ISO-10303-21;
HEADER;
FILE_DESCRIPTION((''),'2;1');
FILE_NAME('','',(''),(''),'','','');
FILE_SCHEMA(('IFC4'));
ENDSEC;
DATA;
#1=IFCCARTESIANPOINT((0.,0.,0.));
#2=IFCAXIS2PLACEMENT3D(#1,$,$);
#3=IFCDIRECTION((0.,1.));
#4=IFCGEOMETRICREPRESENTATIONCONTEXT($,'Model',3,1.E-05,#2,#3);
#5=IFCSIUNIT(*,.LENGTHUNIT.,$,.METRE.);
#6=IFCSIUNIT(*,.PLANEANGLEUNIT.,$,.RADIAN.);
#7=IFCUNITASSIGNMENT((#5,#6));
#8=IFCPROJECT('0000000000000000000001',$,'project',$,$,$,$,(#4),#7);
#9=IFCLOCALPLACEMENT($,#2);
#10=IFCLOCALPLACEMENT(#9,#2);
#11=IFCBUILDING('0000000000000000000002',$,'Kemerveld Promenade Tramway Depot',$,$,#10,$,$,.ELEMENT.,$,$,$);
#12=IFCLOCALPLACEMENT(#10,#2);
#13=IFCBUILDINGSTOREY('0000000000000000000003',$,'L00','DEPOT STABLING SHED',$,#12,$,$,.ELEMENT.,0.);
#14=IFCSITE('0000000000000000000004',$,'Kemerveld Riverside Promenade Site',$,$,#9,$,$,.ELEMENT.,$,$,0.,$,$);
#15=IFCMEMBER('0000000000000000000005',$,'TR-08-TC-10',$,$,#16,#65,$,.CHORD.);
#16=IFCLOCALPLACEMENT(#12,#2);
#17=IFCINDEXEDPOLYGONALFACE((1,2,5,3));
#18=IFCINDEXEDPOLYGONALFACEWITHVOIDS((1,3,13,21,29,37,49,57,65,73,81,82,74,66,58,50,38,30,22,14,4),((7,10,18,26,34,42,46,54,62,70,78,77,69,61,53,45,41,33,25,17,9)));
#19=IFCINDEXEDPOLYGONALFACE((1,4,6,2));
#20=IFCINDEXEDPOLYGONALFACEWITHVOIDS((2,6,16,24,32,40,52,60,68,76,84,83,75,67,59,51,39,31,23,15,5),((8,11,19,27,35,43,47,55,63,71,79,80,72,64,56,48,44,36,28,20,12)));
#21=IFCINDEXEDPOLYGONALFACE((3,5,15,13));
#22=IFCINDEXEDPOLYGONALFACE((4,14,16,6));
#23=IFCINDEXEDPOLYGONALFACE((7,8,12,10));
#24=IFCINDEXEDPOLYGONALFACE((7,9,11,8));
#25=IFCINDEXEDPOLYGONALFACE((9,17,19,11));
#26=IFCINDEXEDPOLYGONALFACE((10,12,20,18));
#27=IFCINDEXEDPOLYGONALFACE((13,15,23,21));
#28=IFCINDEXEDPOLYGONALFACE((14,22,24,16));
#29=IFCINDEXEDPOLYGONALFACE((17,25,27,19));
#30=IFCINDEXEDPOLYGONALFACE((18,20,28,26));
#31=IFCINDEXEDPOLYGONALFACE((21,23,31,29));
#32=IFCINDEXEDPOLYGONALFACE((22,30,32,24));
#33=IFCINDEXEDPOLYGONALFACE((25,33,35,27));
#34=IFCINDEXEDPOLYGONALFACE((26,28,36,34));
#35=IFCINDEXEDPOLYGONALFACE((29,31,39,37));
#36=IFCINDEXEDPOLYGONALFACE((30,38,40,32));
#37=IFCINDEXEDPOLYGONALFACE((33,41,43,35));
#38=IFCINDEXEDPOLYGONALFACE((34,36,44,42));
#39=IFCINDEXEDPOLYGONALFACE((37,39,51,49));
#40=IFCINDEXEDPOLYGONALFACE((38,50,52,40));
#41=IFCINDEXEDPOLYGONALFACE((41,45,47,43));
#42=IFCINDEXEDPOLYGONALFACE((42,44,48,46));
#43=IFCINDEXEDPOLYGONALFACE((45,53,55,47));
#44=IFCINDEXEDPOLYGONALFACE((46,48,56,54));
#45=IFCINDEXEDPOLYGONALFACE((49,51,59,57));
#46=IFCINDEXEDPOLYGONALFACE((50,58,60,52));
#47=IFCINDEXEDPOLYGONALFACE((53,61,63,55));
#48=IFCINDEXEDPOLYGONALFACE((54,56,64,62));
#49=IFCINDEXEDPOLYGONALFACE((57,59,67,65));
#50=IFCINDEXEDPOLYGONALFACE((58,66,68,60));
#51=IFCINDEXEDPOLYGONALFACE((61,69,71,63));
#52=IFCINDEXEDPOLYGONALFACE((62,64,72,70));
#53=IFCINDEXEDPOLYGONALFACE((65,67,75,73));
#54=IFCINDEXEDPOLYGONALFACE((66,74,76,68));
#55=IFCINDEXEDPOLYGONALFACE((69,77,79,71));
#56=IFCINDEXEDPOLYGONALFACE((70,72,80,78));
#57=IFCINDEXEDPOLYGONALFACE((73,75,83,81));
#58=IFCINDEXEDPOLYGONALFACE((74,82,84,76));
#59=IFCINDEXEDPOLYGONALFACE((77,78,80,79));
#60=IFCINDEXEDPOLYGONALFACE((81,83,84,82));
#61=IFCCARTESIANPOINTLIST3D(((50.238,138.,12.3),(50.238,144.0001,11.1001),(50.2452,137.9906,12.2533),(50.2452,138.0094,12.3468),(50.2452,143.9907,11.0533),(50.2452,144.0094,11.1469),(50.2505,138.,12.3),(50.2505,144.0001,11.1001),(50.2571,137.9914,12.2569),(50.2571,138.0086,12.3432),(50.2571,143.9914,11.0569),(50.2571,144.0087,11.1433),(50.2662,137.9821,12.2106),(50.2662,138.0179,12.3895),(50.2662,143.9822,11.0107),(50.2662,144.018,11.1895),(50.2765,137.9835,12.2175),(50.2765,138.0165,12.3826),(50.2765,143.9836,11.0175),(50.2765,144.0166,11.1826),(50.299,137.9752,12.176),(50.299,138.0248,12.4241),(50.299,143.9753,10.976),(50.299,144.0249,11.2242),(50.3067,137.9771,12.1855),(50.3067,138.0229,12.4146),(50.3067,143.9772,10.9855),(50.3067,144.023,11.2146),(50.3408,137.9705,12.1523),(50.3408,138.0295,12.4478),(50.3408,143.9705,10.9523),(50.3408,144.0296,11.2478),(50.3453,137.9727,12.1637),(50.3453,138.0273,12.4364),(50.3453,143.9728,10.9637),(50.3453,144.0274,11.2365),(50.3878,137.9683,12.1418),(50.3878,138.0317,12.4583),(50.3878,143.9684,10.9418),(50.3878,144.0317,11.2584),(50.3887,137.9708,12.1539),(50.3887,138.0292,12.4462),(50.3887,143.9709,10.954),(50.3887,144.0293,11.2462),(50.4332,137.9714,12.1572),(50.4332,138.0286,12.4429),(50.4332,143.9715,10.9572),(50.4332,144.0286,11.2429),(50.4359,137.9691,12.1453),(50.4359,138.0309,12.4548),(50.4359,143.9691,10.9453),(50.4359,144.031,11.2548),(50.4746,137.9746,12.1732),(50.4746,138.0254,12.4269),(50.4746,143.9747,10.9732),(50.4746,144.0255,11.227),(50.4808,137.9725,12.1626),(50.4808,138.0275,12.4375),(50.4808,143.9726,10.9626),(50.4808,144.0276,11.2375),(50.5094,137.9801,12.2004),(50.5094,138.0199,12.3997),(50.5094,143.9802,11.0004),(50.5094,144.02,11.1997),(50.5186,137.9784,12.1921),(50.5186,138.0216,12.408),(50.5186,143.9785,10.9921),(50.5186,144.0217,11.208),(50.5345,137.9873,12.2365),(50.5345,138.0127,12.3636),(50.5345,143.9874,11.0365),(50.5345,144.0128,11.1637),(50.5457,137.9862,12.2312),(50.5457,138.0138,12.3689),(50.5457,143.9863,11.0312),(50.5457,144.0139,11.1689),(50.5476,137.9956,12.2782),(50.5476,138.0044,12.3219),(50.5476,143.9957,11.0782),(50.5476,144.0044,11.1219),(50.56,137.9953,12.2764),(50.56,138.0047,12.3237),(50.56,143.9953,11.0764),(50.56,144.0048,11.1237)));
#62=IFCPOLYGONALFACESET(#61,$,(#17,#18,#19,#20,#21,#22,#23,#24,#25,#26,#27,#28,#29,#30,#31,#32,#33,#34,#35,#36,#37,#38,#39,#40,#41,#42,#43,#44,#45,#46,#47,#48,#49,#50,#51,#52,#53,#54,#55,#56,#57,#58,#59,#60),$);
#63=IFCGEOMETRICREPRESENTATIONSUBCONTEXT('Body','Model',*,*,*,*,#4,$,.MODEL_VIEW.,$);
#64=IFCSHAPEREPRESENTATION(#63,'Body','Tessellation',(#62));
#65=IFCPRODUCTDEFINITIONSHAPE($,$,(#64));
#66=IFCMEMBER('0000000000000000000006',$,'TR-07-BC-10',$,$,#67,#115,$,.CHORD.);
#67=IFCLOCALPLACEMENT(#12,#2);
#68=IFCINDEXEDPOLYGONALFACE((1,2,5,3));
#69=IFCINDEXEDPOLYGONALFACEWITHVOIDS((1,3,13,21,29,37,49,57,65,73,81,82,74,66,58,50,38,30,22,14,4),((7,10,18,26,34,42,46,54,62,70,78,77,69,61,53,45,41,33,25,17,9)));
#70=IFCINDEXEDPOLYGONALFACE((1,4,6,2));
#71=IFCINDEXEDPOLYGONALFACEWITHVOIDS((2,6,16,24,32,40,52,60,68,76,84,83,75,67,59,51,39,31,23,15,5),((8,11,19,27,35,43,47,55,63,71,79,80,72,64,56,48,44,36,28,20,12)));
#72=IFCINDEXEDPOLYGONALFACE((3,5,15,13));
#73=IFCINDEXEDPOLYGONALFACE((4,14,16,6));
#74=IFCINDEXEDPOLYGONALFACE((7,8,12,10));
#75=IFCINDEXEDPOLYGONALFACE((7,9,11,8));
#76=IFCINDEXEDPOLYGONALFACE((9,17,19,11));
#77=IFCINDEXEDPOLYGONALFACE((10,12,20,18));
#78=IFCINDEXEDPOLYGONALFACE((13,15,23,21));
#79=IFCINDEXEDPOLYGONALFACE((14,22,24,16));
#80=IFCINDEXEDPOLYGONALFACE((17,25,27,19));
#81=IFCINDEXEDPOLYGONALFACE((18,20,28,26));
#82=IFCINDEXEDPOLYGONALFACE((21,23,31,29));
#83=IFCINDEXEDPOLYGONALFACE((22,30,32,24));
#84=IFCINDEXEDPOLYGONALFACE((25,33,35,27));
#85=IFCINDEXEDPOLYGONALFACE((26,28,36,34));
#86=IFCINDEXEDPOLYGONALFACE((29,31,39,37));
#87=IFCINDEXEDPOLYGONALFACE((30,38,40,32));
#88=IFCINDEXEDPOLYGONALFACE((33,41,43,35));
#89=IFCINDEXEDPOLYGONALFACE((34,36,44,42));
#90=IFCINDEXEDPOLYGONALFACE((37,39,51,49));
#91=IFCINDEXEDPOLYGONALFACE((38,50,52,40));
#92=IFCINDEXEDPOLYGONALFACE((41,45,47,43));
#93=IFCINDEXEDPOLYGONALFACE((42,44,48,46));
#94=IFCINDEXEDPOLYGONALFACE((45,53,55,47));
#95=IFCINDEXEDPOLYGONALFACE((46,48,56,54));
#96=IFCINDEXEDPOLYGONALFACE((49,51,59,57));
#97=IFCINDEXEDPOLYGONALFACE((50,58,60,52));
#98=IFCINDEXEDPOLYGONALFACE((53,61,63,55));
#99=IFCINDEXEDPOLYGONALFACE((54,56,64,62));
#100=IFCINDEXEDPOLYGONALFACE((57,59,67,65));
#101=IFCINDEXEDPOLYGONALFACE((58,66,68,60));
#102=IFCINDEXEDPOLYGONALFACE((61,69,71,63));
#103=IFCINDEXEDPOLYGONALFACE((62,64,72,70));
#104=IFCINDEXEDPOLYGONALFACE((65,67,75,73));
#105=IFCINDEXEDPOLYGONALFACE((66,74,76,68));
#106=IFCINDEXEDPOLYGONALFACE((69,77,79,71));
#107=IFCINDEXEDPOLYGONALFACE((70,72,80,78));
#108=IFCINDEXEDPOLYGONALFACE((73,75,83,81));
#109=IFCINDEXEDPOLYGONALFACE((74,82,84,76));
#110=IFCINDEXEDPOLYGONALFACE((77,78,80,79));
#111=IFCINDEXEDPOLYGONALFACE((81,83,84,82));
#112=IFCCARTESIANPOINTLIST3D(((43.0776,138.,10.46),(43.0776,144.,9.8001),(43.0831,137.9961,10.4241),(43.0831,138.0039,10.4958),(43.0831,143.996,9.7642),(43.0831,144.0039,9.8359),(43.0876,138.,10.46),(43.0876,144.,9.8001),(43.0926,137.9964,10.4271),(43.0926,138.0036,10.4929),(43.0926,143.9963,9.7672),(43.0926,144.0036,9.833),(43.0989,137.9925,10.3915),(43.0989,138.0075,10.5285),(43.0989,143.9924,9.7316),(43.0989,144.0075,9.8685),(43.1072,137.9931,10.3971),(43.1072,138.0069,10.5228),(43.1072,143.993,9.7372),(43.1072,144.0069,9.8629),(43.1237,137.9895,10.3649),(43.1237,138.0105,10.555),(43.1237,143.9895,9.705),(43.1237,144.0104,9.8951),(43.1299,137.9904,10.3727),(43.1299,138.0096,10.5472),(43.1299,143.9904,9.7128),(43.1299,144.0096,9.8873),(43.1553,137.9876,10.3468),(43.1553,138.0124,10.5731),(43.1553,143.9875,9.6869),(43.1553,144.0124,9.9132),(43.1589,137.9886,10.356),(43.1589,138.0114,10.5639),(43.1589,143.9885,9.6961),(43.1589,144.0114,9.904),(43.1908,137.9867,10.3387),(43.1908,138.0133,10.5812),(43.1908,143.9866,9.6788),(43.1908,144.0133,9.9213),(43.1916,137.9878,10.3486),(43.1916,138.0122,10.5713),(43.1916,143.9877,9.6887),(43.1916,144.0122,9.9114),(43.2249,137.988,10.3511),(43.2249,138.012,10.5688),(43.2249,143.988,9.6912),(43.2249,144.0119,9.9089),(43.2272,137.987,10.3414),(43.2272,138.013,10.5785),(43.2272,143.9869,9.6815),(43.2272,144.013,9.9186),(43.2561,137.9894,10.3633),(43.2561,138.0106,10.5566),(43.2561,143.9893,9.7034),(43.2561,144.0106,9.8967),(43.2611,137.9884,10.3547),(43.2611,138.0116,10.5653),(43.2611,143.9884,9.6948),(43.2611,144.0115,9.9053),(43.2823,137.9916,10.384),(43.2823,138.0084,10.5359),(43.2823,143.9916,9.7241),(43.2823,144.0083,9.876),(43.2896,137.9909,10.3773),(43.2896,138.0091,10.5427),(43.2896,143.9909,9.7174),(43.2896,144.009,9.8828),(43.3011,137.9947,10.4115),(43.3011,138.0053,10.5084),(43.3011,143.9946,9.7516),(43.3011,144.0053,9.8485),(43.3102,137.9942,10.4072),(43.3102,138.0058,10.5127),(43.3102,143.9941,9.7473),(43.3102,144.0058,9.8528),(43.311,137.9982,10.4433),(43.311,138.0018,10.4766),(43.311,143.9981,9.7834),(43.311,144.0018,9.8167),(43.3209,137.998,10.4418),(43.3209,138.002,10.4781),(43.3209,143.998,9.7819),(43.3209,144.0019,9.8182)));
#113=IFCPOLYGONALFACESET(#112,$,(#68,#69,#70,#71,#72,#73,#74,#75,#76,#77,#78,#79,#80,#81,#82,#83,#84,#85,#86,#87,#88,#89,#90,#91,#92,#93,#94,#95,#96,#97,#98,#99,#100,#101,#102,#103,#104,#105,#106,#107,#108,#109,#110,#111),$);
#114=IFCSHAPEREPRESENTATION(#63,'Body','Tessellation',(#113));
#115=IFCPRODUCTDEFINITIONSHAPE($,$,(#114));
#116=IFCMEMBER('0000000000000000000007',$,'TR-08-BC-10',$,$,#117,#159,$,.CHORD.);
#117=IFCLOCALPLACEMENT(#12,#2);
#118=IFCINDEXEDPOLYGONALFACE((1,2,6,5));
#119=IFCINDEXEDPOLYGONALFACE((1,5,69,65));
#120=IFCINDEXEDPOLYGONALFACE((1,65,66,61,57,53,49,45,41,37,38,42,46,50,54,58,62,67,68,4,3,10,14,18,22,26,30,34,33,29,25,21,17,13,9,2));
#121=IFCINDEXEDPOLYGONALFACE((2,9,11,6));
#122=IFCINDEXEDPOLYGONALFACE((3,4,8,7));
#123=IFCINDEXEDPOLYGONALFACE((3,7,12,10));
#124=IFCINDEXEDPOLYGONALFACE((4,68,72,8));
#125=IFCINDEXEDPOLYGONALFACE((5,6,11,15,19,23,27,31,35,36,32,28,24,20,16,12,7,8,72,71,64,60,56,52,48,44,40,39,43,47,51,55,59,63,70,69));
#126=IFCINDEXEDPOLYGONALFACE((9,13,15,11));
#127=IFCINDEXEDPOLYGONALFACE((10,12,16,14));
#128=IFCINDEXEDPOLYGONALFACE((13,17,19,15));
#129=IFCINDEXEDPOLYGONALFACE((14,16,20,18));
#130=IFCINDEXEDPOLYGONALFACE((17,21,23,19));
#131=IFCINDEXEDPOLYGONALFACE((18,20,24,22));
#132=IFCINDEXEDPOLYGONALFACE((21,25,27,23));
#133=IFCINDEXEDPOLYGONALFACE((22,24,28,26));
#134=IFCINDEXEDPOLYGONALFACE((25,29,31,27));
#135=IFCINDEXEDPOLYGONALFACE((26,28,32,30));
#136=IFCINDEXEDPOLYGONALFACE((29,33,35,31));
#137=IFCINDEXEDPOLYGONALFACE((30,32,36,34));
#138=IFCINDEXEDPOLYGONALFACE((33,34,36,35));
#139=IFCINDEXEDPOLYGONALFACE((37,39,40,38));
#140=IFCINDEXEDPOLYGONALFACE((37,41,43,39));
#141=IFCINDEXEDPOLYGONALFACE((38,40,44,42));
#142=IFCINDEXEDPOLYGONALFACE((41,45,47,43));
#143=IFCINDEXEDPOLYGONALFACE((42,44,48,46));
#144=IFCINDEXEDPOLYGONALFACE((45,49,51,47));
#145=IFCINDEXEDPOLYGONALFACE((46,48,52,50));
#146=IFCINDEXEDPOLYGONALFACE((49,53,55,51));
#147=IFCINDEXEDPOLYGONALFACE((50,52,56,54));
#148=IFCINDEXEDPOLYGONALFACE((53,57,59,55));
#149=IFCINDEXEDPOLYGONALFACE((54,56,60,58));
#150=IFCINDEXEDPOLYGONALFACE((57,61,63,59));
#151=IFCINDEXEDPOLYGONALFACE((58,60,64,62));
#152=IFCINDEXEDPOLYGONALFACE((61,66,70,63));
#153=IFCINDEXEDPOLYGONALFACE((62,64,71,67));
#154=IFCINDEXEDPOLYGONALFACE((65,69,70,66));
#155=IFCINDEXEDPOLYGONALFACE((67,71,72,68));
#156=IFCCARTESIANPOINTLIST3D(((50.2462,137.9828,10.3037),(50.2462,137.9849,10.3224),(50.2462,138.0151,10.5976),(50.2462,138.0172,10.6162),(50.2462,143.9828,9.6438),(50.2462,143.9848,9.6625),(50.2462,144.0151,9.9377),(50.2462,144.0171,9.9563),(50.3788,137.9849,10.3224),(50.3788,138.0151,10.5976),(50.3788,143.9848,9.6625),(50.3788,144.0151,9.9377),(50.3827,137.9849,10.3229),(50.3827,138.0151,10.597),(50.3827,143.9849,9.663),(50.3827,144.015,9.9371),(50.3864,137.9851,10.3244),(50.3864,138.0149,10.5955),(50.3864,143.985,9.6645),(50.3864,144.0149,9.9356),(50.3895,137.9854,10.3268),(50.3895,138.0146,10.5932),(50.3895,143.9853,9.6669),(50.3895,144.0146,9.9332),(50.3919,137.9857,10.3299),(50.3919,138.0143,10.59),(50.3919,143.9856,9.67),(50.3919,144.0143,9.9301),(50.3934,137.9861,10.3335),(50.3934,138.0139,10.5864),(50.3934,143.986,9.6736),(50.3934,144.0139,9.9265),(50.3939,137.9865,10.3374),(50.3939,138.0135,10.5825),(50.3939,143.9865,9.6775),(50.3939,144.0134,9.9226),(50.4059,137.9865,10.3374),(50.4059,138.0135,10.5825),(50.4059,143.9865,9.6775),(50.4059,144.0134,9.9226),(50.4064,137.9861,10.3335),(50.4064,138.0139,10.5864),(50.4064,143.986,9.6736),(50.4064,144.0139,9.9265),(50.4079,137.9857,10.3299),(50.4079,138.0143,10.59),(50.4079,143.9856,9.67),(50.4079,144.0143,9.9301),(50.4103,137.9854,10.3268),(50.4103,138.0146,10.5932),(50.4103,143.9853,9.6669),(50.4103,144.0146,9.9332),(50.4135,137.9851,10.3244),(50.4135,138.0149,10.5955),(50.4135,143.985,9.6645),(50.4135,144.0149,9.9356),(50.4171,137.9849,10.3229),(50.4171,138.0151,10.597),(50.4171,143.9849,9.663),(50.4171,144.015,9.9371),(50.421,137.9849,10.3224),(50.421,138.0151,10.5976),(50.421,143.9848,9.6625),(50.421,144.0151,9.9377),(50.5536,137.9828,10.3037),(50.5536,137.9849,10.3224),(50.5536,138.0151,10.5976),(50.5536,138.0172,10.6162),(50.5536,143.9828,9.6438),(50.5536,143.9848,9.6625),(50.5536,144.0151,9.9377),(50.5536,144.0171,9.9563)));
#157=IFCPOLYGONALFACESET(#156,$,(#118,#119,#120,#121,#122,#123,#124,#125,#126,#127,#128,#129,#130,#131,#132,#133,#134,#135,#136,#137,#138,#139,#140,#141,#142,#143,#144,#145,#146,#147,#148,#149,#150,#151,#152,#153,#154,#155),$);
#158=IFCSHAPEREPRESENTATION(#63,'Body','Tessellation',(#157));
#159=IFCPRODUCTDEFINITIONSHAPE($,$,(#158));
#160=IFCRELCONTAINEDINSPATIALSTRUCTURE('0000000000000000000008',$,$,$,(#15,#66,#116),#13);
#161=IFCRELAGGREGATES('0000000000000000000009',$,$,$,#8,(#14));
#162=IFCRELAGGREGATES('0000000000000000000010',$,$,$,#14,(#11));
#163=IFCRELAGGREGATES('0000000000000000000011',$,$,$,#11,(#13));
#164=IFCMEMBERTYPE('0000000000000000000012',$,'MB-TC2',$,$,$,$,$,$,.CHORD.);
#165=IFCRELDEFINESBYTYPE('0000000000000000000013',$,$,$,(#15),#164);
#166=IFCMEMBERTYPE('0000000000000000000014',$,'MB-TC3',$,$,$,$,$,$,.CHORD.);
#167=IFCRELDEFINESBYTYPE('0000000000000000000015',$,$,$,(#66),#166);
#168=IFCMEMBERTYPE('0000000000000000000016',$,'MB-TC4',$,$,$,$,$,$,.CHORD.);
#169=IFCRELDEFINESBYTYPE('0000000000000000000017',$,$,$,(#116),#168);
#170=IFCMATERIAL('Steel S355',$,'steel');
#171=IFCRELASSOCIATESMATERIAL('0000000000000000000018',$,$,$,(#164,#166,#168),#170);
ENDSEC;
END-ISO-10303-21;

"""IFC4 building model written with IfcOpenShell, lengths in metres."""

from ifc_helpers import new_model, si_unit, direction, frame, origin, origin_2d, place, context, subcontext, project, spatial, hollow_circle, i_section, extrude, material, material_profile, profile_set, type_object, element, save


model = new_model("IFC4")

# Units and contexts
model_context = context("Model", 3, precision=1e-05, world=origin(), true_north=direction((0.0, 1.0)))
body_context = subcontext(model_context, "Body", "Model", "MODEL_VIEW")
ifc_project = project(units=[si_unit("LENGTHUNIT", "METRE"), si_unit("PLANEANGLEUNIT", "RADIAN")], contexts=[model_context])

# Site, building, storey
site_placement = place(None, origin())
site = spatial("IfcSite", under=ifc_project, at=site_placement, Name="Kemerveld Riverside Promenade Site", CompositionType="ELEMENT", RefElevation=0.0)
building_placement = place(site_placement, origin())
building = spatial("IfcBuilding", under=site, at=building_placement, Name="Kemerveld Promenade Tramway Depot", CompositionType="ELEMENT")
storey_placement = place(building_placement, origin())
storey = spatial("IfcBuildingStorey", under=building, at=storey_placement, Name="L00", Description="DEPOT STABLING SHED", CompositionType="ELEMENT", Elevation=0.0)

# Members
ifc_material_1 = material(Name="Steel S355", Category="steel")
ifc_material_profile_1 = material_profile(ifc_material_1, hollow_circle(Radius=0.1619, WallThickness=0.0125, at=origin_2d()), Name="323.9x12.5 CHS")
ifc_profile_set_1 = profile_set([ifc_material_profile_1], Name="Steel S355")
member_type_1 = type_object("IfcMemberType", Name="MB-TC2", PredefinedType="CHORD", material=ifc_profile_set_1)
for number, where, z_axis, x_axis, name in (
    (1, (50.3999, 138.0, 12.3), (0.0, 0.980582, -0.196108), (-1.0, 0.0, 0.0), "TR-08-TC-10"),
):
    element("IfcMember", number, at=place(storey_placement, frame(where, z_axis=z_axis, x_axis=x_axis)), inside=storey, type_object=member_type_1, Name=name, PredefinedType="CHORD", context=body_context, shape_type="SweptSolid", body=[
        extrude(hollow_circle(Radius=0.1619, WallThickness=0.0125, at=origin_2d()), origin(), (0.0, 0.0, 1.0), 6.1189),
    ])
ifc_material_profile_2 = material_profile(ifc_material_1, hollow_circle(Radius=0.1223, WallThickness=0.01, at=origin_2d()), Name="244.5x10.0 CHS")
ifc_profile_set_2 = profile_set([ifc_material_profile_2], Name="Steel S355")
member_type_2 = type_object("IfcMemberType", Name="MB-TC3", PredefinedType="CHORD", material=ifc_profile_set_2)
member_1_placement = place(storey_placement, frame((43.2, 138.0, 10.46), z_axis=(0.0, 0.994006, -0.109326), x_axis=(-1.0, 0.0, 0.0)))
element("IfcMember", 2, at=member_1_placement, inside=storey, type_object=member_type_2, Name="TR-07-BC-10", PredefinedType="CHORD", context=body_context, shape_type="SweptSolid", body=[
    extrude(hollow_circle(Radius=0.1223, WallThickness=0.01, at=origin_2d()), origin(), (0.0, 0.0, 1.0), 6.0361),
])
ifc_material_profile_3 = material_profile(ifc_material_1, i_section(OverallWidth=0.3074, OverallDepth=0.3145, WebThickness=0.012, FlangeThickness=0.0188, FilletRadius=0.0151, at=origin_2d()), Name="305x305x118 UC")
ifc_profile_set_3 = profile_set([ifc_material_profile_3], Name="Steel S355")
member_type_3 = type_object("IfcMemberType", Name="MB-TC4", PredefinedType="CHORD", material=ifc_profile_set_3)
member_2_placement = place(storey_placement, frame((50.3999, 138.0, 10.46), z_axis=(0.0, 0.994006, -0.109326), x_axis=(-1.0, 0.0, 0.0)))
element("IfcMember", 3, at=member_2_placement, inside=storey, type_object=member_type_3, Name="TR-08-BC-10", PredefinedType="CHORD", context=body_context, shape_type="SweptSolid", body=[
    extrude(i_section(OverallWidth=0.3074, OverallDepth=0.3145, WebThickness=0.012, FlangeThickness=0.0188, FilletRadius=0.0151, at=origin_2d()), origin(), (0.0, 0.0, 1.0), 6.0361),
])

save(model, "model.ifc")
